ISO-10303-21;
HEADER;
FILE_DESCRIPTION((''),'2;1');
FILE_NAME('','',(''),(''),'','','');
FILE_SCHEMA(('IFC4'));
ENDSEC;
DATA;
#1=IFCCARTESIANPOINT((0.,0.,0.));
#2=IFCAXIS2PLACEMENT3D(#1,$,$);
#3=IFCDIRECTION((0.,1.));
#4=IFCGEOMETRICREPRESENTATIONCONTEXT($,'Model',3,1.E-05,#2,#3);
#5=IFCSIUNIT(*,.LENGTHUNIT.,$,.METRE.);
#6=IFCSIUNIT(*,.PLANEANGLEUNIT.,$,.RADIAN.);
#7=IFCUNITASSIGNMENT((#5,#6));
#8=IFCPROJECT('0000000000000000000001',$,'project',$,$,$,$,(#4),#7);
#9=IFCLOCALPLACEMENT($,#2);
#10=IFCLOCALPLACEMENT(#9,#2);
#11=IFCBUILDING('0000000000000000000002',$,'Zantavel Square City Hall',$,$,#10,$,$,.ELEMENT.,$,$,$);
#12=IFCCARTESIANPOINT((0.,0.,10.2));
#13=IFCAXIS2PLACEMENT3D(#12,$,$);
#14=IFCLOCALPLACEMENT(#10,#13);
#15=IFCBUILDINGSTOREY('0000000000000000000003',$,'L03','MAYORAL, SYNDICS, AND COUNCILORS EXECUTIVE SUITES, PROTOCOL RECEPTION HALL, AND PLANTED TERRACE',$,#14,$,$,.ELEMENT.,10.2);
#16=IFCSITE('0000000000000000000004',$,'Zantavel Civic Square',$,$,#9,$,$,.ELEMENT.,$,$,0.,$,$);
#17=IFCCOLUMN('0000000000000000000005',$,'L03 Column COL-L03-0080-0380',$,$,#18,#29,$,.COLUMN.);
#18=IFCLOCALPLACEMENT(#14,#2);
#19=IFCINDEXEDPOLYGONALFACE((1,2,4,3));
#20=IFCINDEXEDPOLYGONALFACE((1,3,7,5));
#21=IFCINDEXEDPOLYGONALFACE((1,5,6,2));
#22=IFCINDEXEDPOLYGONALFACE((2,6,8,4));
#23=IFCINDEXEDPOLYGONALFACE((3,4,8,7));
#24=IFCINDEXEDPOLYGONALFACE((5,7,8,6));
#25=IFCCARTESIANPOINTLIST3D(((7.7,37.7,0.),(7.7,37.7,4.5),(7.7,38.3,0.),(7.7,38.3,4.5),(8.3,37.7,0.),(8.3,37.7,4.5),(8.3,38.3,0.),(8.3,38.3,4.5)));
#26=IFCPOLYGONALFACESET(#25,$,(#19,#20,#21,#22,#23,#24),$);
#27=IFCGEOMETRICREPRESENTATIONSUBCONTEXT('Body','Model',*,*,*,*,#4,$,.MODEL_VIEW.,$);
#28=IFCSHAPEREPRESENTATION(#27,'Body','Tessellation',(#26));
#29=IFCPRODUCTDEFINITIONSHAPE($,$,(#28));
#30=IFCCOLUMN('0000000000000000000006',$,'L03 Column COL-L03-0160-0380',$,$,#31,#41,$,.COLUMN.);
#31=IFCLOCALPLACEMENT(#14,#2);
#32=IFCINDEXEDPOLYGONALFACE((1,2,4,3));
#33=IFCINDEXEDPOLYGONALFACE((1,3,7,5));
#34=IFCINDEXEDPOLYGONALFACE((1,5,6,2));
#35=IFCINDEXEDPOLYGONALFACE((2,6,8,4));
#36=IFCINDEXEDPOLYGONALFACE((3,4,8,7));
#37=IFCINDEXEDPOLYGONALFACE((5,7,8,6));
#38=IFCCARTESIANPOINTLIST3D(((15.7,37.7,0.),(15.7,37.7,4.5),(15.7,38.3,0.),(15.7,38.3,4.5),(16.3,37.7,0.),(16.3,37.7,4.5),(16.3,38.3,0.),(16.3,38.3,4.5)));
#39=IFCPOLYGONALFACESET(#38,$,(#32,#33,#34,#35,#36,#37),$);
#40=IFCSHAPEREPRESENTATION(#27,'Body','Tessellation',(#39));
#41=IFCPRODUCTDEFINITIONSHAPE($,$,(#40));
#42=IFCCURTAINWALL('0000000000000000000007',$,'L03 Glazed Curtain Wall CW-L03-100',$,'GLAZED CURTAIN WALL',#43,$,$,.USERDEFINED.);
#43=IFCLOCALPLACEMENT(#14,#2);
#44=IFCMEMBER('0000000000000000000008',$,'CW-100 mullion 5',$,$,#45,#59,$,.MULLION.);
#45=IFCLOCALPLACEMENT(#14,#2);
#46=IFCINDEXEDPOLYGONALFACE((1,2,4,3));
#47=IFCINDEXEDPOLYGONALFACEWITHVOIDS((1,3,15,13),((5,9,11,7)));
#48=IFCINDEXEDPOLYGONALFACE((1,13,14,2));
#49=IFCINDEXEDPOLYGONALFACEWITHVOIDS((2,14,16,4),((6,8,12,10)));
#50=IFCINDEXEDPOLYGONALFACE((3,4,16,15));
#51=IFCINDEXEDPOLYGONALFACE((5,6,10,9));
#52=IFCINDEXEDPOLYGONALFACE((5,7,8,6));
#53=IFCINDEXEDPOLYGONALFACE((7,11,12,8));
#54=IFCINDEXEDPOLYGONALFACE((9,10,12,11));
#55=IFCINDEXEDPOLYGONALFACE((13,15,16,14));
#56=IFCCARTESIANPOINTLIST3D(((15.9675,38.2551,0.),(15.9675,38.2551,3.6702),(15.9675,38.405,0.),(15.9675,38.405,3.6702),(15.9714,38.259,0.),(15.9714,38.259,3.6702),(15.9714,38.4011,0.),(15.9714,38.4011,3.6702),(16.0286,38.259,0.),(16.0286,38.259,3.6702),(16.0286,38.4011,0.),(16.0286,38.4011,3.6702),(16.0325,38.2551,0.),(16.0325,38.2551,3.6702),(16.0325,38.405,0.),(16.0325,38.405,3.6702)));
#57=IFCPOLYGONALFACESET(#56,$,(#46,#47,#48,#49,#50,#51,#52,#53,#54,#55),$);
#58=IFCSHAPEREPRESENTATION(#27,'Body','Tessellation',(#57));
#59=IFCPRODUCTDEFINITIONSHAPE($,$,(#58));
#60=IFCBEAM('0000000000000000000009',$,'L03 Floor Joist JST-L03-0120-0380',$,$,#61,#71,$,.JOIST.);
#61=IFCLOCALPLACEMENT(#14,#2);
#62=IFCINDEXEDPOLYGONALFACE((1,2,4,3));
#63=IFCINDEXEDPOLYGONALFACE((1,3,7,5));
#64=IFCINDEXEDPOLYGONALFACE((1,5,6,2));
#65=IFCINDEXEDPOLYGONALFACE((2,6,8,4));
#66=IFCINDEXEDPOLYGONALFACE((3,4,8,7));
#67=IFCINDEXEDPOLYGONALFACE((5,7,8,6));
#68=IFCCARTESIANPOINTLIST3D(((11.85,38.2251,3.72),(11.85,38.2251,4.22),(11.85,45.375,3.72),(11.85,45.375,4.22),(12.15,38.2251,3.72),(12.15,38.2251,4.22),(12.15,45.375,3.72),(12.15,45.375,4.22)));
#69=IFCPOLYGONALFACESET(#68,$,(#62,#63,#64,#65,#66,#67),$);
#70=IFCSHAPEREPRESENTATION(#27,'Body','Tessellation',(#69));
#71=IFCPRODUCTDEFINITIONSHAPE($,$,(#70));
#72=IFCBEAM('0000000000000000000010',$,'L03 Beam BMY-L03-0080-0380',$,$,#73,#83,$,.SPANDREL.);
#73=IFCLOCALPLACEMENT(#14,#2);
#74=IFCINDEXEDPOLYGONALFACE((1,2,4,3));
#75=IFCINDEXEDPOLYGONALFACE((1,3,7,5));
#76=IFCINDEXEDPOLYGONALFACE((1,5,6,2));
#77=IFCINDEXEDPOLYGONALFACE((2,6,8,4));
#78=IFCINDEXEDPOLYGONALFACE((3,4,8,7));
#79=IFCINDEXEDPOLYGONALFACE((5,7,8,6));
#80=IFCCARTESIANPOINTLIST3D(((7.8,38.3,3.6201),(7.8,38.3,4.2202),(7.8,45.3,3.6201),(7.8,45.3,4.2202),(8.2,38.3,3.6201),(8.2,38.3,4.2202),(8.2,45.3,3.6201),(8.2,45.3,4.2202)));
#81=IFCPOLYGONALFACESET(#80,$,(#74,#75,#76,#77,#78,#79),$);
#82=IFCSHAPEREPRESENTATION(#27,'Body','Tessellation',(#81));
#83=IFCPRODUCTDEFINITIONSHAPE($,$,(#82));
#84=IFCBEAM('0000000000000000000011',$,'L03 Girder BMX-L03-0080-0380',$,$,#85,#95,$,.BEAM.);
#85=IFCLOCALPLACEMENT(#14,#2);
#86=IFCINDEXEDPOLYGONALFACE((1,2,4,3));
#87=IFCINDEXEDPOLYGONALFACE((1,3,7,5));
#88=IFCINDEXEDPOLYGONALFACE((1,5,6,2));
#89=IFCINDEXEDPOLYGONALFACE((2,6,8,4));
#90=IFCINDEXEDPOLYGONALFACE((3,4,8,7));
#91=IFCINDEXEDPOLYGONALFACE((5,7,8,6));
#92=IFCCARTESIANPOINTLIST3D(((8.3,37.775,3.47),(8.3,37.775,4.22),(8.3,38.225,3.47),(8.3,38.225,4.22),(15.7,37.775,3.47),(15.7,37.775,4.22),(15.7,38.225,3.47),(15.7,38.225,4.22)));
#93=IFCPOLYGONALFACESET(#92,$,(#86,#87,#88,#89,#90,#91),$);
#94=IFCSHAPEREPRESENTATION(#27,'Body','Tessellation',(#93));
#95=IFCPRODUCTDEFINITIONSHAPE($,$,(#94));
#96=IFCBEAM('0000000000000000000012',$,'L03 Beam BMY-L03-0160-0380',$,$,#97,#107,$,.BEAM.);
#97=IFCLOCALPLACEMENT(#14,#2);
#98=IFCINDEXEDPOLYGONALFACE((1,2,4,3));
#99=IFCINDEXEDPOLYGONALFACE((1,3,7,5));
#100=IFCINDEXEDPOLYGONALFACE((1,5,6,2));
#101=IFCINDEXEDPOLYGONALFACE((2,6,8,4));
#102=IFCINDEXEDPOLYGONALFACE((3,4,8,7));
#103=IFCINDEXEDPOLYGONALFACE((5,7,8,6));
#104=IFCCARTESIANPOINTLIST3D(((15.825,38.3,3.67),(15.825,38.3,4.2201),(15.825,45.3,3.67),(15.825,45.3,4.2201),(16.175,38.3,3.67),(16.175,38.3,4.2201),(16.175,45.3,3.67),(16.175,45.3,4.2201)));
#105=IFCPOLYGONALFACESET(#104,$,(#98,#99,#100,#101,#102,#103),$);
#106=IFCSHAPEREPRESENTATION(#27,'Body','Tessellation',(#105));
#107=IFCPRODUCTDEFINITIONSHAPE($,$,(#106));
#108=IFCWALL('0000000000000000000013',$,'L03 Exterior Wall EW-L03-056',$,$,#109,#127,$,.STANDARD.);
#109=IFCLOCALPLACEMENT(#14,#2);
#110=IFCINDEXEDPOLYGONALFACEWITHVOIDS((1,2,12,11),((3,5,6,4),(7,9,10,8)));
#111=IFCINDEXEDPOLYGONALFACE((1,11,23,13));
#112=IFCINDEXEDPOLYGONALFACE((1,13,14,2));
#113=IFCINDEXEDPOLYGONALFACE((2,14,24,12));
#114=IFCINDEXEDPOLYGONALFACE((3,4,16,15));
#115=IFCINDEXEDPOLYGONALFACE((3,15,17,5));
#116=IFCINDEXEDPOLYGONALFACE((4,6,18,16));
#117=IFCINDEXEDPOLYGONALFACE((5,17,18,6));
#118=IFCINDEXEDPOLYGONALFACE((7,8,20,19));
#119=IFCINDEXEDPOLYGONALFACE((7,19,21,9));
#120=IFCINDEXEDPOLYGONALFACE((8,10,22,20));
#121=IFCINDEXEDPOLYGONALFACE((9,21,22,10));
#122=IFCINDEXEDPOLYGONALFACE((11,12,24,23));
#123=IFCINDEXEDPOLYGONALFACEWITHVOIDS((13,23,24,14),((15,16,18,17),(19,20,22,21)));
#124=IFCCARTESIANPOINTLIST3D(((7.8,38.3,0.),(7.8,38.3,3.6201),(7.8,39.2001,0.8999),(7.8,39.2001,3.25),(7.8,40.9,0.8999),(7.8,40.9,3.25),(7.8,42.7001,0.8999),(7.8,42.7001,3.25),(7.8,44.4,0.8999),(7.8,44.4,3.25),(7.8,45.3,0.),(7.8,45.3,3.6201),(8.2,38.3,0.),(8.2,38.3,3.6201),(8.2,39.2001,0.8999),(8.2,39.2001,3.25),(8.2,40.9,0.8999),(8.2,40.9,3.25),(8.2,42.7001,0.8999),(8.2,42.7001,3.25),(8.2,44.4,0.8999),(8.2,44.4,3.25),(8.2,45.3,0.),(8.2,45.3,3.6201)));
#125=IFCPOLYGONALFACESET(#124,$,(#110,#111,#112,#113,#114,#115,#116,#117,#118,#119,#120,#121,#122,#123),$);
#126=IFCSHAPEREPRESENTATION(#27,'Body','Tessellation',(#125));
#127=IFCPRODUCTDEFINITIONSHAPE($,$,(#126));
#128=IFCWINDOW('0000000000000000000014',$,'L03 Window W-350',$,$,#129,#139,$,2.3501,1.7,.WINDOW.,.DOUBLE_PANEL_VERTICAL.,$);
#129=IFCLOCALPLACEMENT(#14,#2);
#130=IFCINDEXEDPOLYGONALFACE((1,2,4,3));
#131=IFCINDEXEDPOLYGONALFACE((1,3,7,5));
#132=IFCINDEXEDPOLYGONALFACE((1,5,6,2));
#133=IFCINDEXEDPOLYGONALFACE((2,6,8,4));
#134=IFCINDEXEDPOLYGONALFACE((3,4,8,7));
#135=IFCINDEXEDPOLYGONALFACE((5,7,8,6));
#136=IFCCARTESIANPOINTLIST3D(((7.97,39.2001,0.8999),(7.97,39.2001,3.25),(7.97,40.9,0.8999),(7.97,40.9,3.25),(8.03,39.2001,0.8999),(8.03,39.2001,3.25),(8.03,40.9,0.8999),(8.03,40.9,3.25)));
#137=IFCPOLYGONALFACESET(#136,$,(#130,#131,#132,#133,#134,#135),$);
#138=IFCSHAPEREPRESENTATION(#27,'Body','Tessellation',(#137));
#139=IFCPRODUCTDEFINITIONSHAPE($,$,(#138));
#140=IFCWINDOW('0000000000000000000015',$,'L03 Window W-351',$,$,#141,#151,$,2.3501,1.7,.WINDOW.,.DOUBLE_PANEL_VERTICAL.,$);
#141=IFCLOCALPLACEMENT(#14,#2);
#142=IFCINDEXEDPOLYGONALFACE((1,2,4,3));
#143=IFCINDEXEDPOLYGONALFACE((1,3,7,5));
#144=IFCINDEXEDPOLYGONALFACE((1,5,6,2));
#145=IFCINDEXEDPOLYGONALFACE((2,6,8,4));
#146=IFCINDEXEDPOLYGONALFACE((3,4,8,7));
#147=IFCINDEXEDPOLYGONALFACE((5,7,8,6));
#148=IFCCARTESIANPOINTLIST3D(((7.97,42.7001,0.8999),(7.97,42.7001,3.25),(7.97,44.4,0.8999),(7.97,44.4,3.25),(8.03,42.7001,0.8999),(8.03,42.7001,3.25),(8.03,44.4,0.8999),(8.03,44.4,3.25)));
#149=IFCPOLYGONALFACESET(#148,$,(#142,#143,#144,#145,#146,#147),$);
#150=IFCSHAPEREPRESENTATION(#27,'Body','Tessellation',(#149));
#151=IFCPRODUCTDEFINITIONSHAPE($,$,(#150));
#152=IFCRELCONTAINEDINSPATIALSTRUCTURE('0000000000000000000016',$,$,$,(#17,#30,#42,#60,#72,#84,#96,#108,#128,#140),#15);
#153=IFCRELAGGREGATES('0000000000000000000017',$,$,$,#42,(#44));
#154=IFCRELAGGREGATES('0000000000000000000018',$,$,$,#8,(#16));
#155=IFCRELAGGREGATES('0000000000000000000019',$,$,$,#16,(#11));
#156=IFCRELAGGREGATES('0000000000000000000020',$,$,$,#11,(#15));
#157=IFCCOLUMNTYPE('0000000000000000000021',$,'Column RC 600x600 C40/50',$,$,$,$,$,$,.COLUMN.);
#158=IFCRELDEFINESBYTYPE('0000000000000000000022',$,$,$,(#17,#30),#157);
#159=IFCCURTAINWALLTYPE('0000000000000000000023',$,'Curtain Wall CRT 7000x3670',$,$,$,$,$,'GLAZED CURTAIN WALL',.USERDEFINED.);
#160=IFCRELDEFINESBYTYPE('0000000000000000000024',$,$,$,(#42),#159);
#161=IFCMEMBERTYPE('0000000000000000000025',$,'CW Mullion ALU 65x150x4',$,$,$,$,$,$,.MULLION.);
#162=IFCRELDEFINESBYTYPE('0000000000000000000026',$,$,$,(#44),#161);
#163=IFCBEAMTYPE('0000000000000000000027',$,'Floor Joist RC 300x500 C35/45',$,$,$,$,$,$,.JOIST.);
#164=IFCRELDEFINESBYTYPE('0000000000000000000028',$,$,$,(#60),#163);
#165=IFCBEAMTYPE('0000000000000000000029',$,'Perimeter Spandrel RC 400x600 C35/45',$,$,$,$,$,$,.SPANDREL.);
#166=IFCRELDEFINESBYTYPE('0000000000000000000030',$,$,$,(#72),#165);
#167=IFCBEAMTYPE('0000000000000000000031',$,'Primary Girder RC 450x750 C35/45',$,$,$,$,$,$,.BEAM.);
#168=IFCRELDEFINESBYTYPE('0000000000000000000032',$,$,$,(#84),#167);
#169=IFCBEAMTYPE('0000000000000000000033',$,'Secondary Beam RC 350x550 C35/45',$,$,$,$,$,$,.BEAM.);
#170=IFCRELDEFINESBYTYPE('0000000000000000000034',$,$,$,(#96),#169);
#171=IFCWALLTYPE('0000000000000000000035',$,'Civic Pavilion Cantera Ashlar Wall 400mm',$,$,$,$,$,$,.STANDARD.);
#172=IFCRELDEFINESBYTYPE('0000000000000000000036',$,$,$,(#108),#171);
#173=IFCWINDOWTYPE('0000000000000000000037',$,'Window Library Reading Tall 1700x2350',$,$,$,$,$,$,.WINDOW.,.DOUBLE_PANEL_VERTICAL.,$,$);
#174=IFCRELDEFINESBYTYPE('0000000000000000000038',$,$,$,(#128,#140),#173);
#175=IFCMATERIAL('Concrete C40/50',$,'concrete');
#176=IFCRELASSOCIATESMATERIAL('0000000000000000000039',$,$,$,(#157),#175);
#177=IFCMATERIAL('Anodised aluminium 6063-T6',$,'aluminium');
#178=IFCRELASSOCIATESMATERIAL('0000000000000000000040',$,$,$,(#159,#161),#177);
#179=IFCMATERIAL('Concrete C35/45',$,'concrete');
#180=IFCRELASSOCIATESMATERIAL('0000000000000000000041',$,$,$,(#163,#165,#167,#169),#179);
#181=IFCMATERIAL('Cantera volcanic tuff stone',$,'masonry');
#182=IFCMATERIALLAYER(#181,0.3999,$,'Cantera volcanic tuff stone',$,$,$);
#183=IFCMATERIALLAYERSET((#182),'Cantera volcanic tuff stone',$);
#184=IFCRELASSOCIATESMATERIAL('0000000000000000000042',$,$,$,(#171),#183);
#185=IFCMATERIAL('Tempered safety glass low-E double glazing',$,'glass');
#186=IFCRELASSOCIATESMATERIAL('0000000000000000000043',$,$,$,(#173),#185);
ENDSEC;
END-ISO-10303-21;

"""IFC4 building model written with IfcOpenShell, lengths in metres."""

from ifc_helpers import new_model, si_unit, direction, frame, frame_2d, origin, origin_2d, place, context, subcontext, project, spatial, rectangle, hollow_rectangle, extrude, material, layer, layer_set, material_profile, profile_set, type_object, element, fill, aggregate, save


model = new_model("IFC4")

# Units and contexts
model_context = context("Model", 3, precision=1e-05, world=origin(), true_north=direction((0.0, 1.0)))
body_context = subcontext(model_context, "Body", "Model", "MODEL_VIEW")
ifc_project = project(units=[si_unit("LENGTHUNIT", "METRE"), si_unit("PLANEANGLEUNIT", "RADIAN")], contexts=[model_context])

# Site, building, storey
site_placement = place(None, origin())
site = spatial("IfcSite", under=ifc_project, at=site_placement, Name="Zantavel Civic Square", CompositionType="ELEMENT", RefElevation=0.0)
building_placement = place(site_placement, origin())
building = spatial("IfcBuilding", under=site, at=building_placement, Name="Zantavel Square City Hall", CompositionType="ELEMENT")
storey_placement = place(building_placement, frame((0.0, 0.0, 10.2)))
storey = spatial("IfcBuildingStorey", under=building, at=storey_placement, Name="L03", Description="MAYORAL, SYNDICS, AND COUNCILORS EXECUTIVE SUITES, PROTOCOL RECEPTION HALL, AND PLANTED TERRACE", CompositionType="ELEMENT", Elevation=10.2)

# Columns
ifc_material_1 = material(Name="Concrete C40/50", Category="concrete")
ifc_material_profile_1 = material_profile(ifc_material_1, rectangle(XDim=0.6001, YDim=0.6001, at=origin_2d()), Name="RC 600x600")
ifc_profile_set_1 = profile_set([ifc_material_profile_1], Name="Concrete C40/50")
column_type = type_object("IfcColumnType", Name="Column RC 600x600 C40/50", PredefinedType="COLUMN", material=ifc_profile_set_1)
for number, where, z_axis, x_axis, name in (
    (1, (8.0, 38.0, 0.0), (0.0, 0.0, 1.0), (1.0, 0.0, 0.0), "L03 Column COL-L03-0080-0380"),
    (2, (16.0, 38.0, 0.0), (0.0, 0.0, 1.0), (1.0, 0.0, 0.0), "L03 Column COL-L03-0160-0380"),
):
    element("IfcColumn", number, at=place(storey_placement, frame(where, z_axis=z_axis, x_axis=x_axis)), inside=storey, type_object=column_type, Name=name, PredefinedType="COLUMN", context=body_context, shape_type="SweptSolid", body=[
        extrude(rectangle(XDim=0.6001, YDim=0.6001, at=origin_2d()), origin(), (0.0, 0.0, 1.0), 4.5),
    ])

# Curtain wall, member
ifc_material_2 = material(Name="Anodised aluminium 6063-T6", Category="aluminium")
curtain_wall_type = type_object("IfcCurtainWallType", Name="Curtain Wall CRT 7000x3670", ElementType="GLAZED CURTAIN WALL", PredefinedType="USERDEFINED", material=ifc_material_2)
curtain_wall_placement = place(storey_placement, origin())
curtain_wall = element("IfcCurtainWall", 3, at=curtain_wall_placement, inside=storey, type_object=curtain_wall_type, Name="L03 Glazed Curtain Wall CW-L03-100", ObjectType="GLAZED CURTAIN WALL", PredefinedType="USERDEFINED")
ifc_material_profile_2 = material_profile(ifc_material_2, hollow_rectangle(XDim=0.0649, YDim=0.1499, WallThickness=0.0039, at=origin_2d()), Name="ALU 65x150x4")
ifc_profile_set_2 = profile_set([ifc_material_profile_2], Name="Anodised aluminium 6063-T6")
member_type = type_object("IfcMemberType", Name="CW Mullion ALU 65x150x4", PredefinedType="MULLION", material=ifc_profile_set_2)
member_placement = place(storey_placement, frame((16.0, 38.3301, 0.0), z_axis=(0.0, 0.0, 1.0), x_axis=(1.0, 0.0, 0.0)))
member = element("IfcMember", 4, at=member_placement, type_object=member_type, Name="CW-100 mullion 5", PredefinedType="MULLION", context=body_context, shape_type="SweptSolid", body=[
    extrude(hollow_rectangle(XDim=0.0649, YDim=0.1499, WallThickness=0.0039, at=origin_2d()), origin(), (0.0, 0.0, 1.0), 3.6702),
])
aggregate(curtain_wall, [member])

# Beams
ifc_material_3 = material(Name="Concrete C35/45", Category="concrete")
ifc_material_profile_3 = material_profile(ifc_material_3, rectangle(XDim=0.3, YDim=0.5, at=origin_2d()), Name="RC 300x500")
ifc_profile_set_3 = profile_set([ifc_material_profile_3], Name="Concrete C35/45")
beam_type_1 = type_object("IfcBeamType", Name="Floor Joist RC 300x500 C35/45", PredefinedType="JOIST", material=ifc_profile_set_3)
beam_1_placement = place(storey_placement, frame((12.0, 38.2251, 3.97), z_axis=(0.0, 1.0, 0.0), x_axis=(-1.0, 0.0, 0.0)))
element("IfcBeam", 5, at=beam_1_placement, inside=storey, type_object=beam_type_1, Name="L03 Floor Joist JST-L03-0120-0380", PredefinedType="JOIST", context=body_context, shape_type="SweptSolid", body=[
    extrude(rectangle(XDim=0.3, YDim=0.5, at=origin_2d()), origin(), (0.0, 0.0, 1.0), 7.1499),
])
ifc_material_profile_4 = material_profile(ifc_material_3, rectangle(XDim=0.3999, YDim=0.6001, at=origin_2d()), Name="RC 400x600")
ifc_profile_set_4 = profile_set([ifc_material_profile_4], Name="Concrete C35/45")
beam_type_2 = type_object("IfcBeamType", Name="Perimeter Spandrel RC 400x600 C35/45", PredefinedType="SPANDREL", material=ifc_profile_set_4)
beam_2_placement = place(storey_placement, frame((8.0, 38.3, 3.9202), z_axis=(0.0, 1.0, 0.0), x_axis=(-1.0, 0.0, 0.0)))
element("IfcBeam", 6, at=beam_2_placement, inside=storey, type_object=beam_type_2, Name="L03 Beam BMY-L03-0080-0380", PredefinedType="SPANDREL", context=body_context, shape_type="SweptSolid", body=[
    extrude(rectangle(XDim=0.3999, YDim=0.6001, at=origin_2d()), origin(), (0.0, 0.0, 1.0), 7.0),
])
ifc_material_profile_5 = material_profile(ifc_material_3, rectangle(XDim=0.45, YDim=0.75, at=origin_2d()), Name="RC 450x750")
ifc_profile_set_5 = profile_set([ifc_material_profile_5], Name="Concrete C35/45")
beam_type_3 = type_object("IfcBeamType", Name="Primary Girder RC 450x750 C35/45", PredefinedType="BEAM", material=ifc_profile_set_5)
beam_3_placement = place(storey_placement, frame((8.3, 38.0, 3.845), z_axis=(1.0, 0.0, 0.0), x_axis=(0.0, 1.0, 0.0)))
element("IfcBeam", 7, at=beam_3_placement, inside=storey, type_object=beam_type_3, Name="L03 Girder BMX-L03-0080-0380", PredefinedType="BEAM", context=body_context, shape_type="SweptSolid", body=[
    extrude(rectangle(XDim=0.45, YDim=0.75, at=origin_2d()), origin(), (0.0, 0.0, 1.0), 7.3999),
])
ifc_material_profile_6 = material_profile(ifc_material_3, rectangle(XDim=0.3501, YDim=0.55, at=origin_2d()), Name="RC 350x550")
ifc_profile_set_6 = profile_set([ifc_material_profile_6], Name="Concrete C35/45")
beam_type_4 = type_object("IfcBeamType", Name="Secondary Beam RC 350x550 C35/45", PredefinedType="BEAM", material=ifc_profile_set_6)
beam_4_placement = place(storey_placement, frame((16.0, 38.3, 3.9451), z_axis=(0.0, 1.0, 0.0), x_axis=(-1.0, 0.0, 0.0)))
element("IfcBeam", 8, at=beam_4_placement, inside=storey, type_object=beam_type_4, Name="L03 Beam BMY-L03-0160-0380", PredefinedType="BEAM", context=body_context, shape_type="SweptSolid", body=[
    extrude(rectangle(XDim=0.3501, YDim=0.55, at=origin_2d()), origin(), (0.0, 0.0, 1.0), 7.0),
])

# Wall, openings, windows
ifc_material_4 = material(Name="Cantera volcanic tuff stone", Category="masonry")
ifc_layer_1 = layer(ifc_material_4, 0.3999, Name="Cantera volcanic tuff stone")
ifc_layer_set_1 = layer_set([ifc_layer_1], Name="Cantera volcanic tuff stone")
wall_type_1 = type_object("IfcWallType", Name="Civic Pavilion Cantera Ashlar Wall 400mm", PredefinedType="STANDARD", material=ifc_layer_set_1)
wall_1_placement = place(storey_placement, frame((8.0, 38.3, 0.0), z_axis=(0.0, 0.0, 1.0), x_axis=(0.0, 1.0, 0.0)))
wall_1 = element("IfcWall", 9, at=wall_1_placement, inside=storey, type_object=wall_type_1, Name="L03 Exterior Wall EW-L03-056", PredefinedType="STANDARD", context=body_context, shape_type="SweptSolid", body=[
    extrude(rectangle(XDim=7.0, YDim=0.3999, at=frame_2d((3.5, 0.0))), origin(), (0.0, 0.0, 1.0), 3.6201),
])
opening_1_placement = place(wall_1_placement, frame((0.8999, 0.0, 0.8999)))
opening_1 = element("IfcOpeningElement", 10, at=opening_1_placement, cuts=wall_1, PredefinedType="OPENING", context=body_context, shape_type="SweptSolid", body=[
    extrude(rectangle(XDim=1.7, YDim=2.3501, at=frame_2d((0.8501, 1.175))), frame((0.0, 0.21, 0.0), z_axis=(0.0, -1.0, 0.0), x_axis=(1.0, 0.0, 0.0)), (0.0, 0.0, 1.0), 0.4199),
])
opening_2_placement = place(wall_1_placement, frame((4.3999, 0.0, 0.8999)))
opening_2 = element("IfcOpeningElement", 11, at=opening_2_placement, cuts=wall_1, PredefinedType="OPENING", context=body_context, shape_type="SweptSolid", body=[
    extrude(rectangle(XDim=1.7, YDim=2.3501, at=frame_2d((0.8501, 1.175))), frame((0.0, 0.21, 0.0), z_axis=(0.0, -1.0, 0.0), x_axis=(1.0, 0.0, 0.0)), (0.0, 0.0, 1.0), 0.4199),
])
ifc_material_5 = material(Name="Tempered safety glass low-E double glazing", Category="glass")
window_type_1 = type_object("IfcWindowType", Name="Window Library Reading Tall 1700x2350", PartitioningType="DOUBLE_PANEL_VERTICAL", PredefinedType="WINDOW", material=ifc_material_5)
window_1_placement = place(opening_1_placement, origin())
window_1 = element("IfcWindow", 12, at=window_1_placement, inside=storey, type_object=window_type_1, Name="L03 Window W-350", OverallHeight=2.3501, OverallWidth=1.7, PartitioningType="DOUBLE_PANEL_VERTICAL", PredefinedType="WINDOW", context=body_context, shape_type="SweptSolid", body=[
    extrude(rectangle(XDim=1.7, YDim=2.3501, at=frame_2d((0.8501, 1.175))), frame((0.0, 0.03, 0.0), z_axis=(0.0, -1.0, 0.0), x_axis=(1.0, 0.0, 0.0)), (0.0, 0.0, 1.0), 0.0601),
])
fill(opening_1, window_1)
window_2_placement = place(opening_2_placement, origin())
window_2 = element("IfcWindow", 13, at=window_2_placement, inside=storey, type_object=window_type_1, Name="L03 Window W-351", OverallHeight=2.3501, OverallWidth=1.7, PartitioningType="DOUBLE_PANEL_VERTICAL", PredefinedType="WINDOW", context=body_context, shape_type="SweptSolid", body=[
    extrude(rectangle(XDim=1.7, YDim=2.3501, at=frame_2d((0.8501, 1.175))), frame((0.0, 0.03, 0.0), z_axis=(0.0, -1.0, 0.0), x_axis=(1.0, 0.0, 0.0)), (0.0, 0.0, 1.0), 0.0601),
])
fill(opening_2, window_2)

save(model, "model.ifc")
